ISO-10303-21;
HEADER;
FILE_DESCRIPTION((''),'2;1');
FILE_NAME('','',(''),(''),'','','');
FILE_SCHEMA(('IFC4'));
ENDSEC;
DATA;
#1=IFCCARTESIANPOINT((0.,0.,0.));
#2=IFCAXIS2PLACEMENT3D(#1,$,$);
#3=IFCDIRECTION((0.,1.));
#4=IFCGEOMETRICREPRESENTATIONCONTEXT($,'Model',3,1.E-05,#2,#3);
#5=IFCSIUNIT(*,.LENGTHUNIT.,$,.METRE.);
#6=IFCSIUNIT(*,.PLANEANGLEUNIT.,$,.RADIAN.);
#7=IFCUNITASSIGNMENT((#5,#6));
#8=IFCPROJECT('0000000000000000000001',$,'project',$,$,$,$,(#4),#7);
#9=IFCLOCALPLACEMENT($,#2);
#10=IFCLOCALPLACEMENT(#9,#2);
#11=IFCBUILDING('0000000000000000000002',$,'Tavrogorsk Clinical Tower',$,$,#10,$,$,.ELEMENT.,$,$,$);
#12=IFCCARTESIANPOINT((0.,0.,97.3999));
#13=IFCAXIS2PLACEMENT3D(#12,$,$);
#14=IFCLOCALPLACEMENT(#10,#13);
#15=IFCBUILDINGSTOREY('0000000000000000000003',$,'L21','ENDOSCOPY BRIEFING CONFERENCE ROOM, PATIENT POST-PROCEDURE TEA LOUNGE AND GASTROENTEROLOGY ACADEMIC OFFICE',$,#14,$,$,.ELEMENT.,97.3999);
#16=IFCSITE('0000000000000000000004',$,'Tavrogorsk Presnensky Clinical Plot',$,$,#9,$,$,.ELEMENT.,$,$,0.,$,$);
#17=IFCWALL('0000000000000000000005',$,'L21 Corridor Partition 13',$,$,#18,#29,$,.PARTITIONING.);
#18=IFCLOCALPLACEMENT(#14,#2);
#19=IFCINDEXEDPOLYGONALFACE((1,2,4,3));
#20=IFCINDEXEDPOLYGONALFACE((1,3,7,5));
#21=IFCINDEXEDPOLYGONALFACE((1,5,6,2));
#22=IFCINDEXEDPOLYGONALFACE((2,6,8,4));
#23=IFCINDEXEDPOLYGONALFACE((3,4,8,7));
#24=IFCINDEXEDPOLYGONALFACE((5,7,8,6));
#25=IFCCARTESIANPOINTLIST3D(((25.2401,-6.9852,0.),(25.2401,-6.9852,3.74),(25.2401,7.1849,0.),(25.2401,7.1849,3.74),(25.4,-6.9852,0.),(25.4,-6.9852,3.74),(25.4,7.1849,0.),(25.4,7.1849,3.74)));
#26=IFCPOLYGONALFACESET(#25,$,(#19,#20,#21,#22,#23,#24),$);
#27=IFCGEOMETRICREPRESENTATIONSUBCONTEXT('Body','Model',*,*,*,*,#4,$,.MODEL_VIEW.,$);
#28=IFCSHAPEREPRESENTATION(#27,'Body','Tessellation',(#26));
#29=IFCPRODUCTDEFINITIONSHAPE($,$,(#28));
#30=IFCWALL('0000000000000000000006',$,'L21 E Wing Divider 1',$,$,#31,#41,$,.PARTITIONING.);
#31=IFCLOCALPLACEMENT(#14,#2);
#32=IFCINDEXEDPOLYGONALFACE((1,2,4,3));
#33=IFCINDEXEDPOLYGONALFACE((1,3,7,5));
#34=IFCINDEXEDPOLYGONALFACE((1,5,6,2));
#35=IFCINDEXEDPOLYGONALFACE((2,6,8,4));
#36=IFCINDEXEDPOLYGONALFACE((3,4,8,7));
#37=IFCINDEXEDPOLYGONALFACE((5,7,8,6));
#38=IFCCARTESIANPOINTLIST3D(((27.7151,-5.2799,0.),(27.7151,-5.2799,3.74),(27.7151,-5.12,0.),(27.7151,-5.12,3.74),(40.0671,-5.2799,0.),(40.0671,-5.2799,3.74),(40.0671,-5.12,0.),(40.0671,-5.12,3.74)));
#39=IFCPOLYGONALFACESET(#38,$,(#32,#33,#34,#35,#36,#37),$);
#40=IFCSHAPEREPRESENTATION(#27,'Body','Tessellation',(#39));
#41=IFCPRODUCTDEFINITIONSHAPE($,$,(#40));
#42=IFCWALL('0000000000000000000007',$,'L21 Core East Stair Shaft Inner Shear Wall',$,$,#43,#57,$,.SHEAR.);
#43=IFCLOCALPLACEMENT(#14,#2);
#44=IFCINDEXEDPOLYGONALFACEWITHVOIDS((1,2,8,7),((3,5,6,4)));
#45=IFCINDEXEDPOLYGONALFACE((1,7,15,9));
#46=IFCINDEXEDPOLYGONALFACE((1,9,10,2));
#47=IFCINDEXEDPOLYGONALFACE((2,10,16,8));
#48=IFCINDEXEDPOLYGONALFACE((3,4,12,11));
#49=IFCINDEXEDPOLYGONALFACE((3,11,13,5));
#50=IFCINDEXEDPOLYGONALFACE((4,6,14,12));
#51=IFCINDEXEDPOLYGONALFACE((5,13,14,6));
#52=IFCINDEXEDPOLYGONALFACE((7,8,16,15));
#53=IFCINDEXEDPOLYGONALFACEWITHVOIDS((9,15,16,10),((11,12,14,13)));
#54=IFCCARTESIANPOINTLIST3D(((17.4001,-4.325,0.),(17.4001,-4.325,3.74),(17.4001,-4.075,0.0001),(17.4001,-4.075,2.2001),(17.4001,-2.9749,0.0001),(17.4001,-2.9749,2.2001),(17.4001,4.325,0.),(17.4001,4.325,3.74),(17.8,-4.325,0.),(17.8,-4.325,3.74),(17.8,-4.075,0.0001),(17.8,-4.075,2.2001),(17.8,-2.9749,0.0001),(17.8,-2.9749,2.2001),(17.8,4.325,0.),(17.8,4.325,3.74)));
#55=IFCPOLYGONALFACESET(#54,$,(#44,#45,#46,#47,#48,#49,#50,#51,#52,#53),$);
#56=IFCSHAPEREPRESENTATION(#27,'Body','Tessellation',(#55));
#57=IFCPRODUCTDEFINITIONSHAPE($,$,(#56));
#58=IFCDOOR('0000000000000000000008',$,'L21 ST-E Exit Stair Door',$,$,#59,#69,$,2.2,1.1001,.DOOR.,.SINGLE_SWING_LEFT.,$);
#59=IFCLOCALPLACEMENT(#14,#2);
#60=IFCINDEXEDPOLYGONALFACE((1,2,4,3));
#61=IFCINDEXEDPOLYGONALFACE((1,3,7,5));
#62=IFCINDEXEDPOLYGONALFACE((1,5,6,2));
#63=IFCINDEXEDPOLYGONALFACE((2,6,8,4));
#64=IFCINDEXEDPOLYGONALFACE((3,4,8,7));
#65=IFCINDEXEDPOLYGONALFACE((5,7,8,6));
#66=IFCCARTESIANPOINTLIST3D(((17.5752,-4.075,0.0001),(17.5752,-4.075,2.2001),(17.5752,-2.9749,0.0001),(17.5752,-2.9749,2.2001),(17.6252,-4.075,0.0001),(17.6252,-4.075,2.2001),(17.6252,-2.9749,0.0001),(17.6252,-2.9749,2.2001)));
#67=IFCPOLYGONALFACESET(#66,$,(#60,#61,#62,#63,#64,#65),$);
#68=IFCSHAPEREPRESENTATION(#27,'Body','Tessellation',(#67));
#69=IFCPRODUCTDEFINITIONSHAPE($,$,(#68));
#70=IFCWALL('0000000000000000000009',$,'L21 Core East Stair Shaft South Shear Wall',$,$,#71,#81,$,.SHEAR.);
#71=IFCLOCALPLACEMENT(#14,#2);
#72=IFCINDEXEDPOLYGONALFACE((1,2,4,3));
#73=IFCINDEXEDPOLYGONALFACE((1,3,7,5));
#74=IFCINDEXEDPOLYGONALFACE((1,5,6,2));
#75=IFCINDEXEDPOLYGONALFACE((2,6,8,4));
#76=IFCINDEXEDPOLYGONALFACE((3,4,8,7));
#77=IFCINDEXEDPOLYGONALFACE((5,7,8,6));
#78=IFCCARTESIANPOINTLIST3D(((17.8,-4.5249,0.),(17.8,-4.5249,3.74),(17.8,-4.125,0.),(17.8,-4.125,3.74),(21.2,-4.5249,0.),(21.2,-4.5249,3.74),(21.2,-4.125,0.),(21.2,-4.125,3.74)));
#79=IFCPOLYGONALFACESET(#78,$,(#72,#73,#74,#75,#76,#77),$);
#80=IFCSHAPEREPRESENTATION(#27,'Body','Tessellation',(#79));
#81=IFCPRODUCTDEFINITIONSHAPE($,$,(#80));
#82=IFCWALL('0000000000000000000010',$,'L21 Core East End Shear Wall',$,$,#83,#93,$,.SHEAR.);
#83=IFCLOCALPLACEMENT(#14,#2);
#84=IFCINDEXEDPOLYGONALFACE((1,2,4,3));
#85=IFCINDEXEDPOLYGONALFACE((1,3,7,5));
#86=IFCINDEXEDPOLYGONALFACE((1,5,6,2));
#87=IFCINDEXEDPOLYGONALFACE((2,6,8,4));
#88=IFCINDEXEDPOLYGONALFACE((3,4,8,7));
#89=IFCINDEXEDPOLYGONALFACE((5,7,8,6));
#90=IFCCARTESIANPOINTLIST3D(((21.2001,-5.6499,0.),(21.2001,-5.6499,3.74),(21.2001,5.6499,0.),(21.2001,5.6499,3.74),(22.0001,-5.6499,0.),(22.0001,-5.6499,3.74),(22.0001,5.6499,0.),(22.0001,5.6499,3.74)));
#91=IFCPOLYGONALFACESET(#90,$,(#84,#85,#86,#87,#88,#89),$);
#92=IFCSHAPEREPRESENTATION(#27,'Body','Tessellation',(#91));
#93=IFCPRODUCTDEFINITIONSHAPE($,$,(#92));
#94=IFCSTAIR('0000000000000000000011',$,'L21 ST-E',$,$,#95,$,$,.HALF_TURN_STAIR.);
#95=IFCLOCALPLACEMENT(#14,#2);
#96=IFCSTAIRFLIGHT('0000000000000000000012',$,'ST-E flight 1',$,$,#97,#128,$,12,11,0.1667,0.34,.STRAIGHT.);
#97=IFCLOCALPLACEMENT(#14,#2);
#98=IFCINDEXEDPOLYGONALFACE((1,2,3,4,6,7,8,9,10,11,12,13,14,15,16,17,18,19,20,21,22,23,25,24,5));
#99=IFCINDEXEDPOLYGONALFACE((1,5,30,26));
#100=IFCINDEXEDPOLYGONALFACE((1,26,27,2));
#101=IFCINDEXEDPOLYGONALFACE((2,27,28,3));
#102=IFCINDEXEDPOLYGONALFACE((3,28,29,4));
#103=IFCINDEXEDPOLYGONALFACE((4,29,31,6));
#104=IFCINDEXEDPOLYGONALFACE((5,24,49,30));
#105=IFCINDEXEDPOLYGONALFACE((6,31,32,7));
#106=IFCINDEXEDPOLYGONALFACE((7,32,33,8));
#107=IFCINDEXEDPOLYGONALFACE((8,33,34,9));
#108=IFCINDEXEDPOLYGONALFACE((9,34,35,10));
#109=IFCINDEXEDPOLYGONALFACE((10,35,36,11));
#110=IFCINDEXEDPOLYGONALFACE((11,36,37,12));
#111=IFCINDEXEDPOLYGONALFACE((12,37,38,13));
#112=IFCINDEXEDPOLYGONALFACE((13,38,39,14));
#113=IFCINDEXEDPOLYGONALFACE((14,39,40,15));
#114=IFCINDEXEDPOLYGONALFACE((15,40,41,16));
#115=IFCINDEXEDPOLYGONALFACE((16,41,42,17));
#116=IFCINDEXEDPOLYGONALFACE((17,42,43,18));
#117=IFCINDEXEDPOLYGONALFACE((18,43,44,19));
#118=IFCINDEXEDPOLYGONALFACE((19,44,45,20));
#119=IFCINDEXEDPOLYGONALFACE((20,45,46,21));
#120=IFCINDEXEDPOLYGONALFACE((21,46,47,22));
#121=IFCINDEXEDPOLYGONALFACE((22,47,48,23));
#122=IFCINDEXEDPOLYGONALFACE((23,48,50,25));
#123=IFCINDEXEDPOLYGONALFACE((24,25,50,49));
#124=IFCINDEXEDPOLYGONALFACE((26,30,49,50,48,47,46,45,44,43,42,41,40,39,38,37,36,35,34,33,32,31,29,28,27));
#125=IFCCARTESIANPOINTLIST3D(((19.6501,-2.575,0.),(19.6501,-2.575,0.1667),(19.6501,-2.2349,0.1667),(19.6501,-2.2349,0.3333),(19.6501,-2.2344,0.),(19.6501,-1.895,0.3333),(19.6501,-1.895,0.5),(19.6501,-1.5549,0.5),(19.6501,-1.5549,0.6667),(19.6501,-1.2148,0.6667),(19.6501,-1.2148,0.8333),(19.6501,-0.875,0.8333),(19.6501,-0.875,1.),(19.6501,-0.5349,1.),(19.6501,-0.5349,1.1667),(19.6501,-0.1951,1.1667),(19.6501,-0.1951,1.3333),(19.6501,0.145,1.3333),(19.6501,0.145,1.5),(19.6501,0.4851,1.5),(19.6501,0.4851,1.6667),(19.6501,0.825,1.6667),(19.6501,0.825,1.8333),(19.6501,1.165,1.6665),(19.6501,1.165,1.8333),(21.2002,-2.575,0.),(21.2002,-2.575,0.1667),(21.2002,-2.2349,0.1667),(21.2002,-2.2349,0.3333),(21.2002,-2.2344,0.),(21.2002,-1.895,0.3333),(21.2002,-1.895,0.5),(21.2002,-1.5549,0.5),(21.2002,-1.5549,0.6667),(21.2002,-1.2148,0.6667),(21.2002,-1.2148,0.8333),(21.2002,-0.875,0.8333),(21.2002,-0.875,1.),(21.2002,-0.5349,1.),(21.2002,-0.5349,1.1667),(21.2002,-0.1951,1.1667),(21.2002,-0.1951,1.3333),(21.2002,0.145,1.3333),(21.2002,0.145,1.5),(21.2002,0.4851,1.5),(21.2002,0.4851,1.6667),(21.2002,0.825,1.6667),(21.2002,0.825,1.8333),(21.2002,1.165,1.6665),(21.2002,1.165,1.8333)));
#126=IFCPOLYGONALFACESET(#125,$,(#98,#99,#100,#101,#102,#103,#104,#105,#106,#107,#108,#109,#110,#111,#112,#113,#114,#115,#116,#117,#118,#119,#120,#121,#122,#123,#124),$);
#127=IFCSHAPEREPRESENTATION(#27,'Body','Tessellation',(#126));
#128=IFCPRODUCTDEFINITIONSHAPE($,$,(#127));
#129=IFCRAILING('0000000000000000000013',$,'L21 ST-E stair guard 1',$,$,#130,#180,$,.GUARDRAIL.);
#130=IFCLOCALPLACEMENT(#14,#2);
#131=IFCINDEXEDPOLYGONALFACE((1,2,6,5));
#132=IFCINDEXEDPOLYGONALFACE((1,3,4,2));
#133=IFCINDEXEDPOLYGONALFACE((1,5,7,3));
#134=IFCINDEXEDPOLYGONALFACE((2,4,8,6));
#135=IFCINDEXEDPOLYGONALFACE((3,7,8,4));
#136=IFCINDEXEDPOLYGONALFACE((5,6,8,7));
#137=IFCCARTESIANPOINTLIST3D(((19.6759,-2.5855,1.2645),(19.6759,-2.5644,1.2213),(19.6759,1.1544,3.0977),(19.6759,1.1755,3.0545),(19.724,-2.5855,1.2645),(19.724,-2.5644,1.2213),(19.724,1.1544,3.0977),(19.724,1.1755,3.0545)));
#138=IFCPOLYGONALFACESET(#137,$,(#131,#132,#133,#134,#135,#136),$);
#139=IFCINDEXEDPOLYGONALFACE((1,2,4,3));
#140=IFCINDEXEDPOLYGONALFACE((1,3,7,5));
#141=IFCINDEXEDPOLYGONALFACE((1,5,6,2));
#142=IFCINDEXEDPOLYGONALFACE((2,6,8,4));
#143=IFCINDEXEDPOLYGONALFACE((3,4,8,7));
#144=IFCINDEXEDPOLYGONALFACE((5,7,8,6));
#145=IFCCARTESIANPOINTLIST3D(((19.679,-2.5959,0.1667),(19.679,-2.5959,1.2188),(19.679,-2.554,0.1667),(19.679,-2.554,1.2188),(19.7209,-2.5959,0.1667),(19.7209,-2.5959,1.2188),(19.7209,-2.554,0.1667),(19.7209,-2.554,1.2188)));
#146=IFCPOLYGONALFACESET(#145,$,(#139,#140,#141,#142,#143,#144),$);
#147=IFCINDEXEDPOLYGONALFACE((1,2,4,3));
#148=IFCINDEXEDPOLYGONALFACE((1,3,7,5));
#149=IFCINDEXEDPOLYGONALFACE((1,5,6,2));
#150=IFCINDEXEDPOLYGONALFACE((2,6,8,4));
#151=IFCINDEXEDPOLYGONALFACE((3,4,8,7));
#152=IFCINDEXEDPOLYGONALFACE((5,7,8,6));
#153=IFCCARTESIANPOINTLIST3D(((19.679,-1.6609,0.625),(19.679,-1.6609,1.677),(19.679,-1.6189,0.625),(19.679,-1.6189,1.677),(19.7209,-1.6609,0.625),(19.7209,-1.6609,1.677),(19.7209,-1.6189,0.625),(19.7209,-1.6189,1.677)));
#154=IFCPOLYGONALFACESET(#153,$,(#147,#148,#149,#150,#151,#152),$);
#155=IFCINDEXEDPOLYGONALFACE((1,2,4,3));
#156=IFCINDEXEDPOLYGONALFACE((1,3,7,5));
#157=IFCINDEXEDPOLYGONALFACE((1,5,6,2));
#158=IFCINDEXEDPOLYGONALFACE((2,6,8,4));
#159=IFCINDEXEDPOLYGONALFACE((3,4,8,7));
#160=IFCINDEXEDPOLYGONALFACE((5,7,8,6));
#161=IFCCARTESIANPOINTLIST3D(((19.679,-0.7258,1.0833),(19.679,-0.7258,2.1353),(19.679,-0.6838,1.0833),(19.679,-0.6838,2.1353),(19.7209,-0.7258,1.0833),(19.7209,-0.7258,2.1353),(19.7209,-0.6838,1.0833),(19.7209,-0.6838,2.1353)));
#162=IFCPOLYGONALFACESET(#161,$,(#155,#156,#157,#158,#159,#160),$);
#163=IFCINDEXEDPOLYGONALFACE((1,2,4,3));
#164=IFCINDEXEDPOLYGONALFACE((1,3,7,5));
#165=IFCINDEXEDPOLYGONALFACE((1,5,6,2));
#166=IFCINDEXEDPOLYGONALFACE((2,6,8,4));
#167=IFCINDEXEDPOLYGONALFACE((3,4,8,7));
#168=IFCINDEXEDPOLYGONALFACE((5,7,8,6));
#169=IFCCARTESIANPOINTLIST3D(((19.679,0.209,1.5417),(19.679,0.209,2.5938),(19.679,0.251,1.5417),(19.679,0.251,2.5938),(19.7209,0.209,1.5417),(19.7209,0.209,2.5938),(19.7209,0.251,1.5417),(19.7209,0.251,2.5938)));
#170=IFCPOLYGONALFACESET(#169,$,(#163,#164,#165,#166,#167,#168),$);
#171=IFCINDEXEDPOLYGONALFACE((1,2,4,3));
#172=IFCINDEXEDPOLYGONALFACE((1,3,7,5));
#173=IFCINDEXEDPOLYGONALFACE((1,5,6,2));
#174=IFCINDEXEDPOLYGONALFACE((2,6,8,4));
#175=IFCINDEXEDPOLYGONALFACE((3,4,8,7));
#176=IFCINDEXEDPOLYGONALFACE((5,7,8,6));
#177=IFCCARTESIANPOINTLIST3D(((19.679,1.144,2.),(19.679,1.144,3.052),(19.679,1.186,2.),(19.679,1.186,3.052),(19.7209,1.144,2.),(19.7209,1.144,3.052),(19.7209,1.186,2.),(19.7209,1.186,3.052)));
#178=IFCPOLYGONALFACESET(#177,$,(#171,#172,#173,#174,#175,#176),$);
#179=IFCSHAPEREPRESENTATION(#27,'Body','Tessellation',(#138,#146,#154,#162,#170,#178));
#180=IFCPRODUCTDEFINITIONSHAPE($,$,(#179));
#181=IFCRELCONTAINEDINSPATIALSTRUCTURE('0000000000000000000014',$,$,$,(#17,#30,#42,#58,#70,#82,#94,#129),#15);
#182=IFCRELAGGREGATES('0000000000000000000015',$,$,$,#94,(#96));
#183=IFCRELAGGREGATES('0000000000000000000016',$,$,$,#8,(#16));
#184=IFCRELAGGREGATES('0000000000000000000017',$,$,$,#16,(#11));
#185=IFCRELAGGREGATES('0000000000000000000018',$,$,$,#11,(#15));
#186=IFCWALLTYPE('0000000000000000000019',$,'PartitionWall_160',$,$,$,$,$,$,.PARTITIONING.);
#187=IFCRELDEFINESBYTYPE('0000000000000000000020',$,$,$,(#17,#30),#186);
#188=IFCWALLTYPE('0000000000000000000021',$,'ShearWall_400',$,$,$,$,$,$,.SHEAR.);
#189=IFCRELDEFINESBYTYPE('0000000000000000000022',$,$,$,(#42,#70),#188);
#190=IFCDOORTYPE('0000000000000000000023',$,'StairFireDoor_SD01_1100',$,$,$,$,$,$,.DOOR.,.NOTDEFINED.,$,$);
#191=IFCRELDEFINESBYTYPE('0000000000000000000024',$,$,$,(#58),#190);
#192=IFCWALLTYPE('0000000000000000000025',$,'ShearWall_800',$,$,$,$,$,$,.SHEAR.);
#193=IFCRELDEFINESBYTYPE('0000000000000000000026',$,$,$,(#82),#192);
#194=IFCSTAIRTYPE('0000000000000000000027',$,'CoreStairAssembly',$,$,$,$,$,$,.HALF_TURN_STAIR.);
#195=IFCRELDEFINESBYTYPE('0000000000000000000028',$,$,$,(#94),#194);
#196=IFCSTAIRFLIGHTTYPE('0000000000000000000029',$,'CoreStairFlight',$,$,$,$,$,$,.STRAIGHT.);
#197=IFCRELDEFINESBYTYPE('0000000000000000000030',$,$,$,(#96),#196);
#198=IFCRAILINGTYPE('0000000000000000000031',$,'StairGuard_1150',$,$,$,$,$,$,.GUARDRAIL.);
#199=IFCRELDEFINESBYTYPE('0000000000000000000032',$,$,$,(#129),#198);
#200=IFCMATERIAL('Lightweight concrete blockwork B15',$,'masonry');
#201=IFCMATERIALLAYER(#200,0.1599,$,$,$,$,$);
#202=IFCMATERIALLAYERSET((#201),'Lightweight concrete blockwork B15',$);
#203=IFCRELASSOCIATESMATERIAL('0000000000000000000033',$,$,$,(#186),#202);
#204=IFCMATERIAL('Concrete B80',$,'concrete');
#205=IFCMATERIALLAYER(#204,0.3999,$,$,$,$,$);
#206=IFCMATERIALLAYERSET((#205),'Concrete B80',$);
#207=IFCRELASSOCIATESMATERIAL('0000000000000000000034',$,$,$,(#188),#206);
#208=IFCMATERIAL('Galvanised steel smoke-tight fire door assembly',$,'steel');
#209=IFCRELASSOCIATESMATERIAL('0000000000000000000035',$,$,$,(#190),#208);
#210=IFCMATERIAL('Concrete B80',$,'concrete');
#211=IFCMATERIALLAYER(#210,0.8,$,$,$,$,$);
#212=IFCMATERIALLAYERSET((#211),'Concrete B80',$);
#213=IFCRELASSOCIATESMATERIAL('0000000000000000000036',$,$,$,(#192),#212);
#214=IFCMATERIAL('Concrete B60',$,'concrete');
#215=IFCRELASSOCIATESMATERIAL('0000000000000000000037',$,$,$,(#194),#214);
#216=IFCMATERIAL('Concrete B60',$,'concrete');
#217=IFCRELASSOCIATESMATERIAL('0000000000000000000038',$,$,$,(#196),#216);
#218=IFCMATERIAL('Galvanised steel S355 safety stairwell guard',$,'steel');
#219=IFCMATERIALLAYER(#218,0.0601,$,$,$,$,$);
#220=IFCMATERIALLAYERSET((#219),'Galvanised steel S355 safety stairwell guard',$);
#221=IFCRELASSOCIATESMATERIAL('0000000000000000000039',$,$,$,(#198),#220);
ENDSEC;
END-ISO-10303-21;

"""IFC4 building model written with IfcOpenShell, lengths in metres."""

from ifc_helpers import new_model, si_unit, direction, frame, frame_2d, origin, origin_2d, place, context, subcontext, project, spatial, polyline, rectangle, outline, extrude, material, layer, layer_set, type_object, element, fill, aggregate, save


model = new_model("IFC4")

# Units and contexts
model_context = context("Model", 3, precision=1e-05, world=origin(), true_north=direction((0.0, 1.0)))
body_context = subcontext(model_context, "Body", "Model", "MODEL_VIEW")
ifc_project = project(units=[si_unit("LENGTHUNIT", "METRE"), si_unit("PLANEANGLEUNIT", "RADIAN")], contexts=[model_context])

# Site, building, storey
site_placement = place(None, origin())
site = spatial("IfcSite", under=ifc_project, at=site_placement, Name="Tavrogorsk Presnensky Clinical Plot", CompositionType="ELEMENT", RefElevation=0.0)
building_placement = place(site_placement, origin())
building = spatial("IfcBuilding", under=site, at=building_placement, Name="Tavrogorsk Clinical Tower", CompositionType="ELEMENT")
storey_placement = place(building_placement, frame((0.0, 0.0, 97.3999)))
storey = spatial("IfcBuildingStorey", under=building, at=storey_placement, Name="L21", Description="ENDOSCOPY BRIEFING CONFERENCE ROOM, PATIENT POST-PROCEDURE TEA LOUNGE AND GASTROENTEROLOGY ACADEMIC OFFICE", CompositionType="ELEMENT", Elevation=97.3999)

# Shared definitions
ifc_material_1 = material(Name="Lightweight concrete blockwork B15", Category="masonry")
ifc_layer_1 = layer(ifc_material_1, 0.1599)
ifc_layer_set_1 = layer_set([ifc_layer_1], Name="Lightweight concrete blockwork B15")
wall_type_1 = type_object("IfcWallType", Name="PartitionWall_160", PredefinedType="PARTITIONING", material=ifc_layer_set_1)

# Walls
wall_1_placement = place(storey_placement, frame((25.3201, -6.9851, 0.0), z_axis=(0.0, 0.0, 1.0), x_axis=(0.0, 1.0, 0.0)))
element("IfcWall", 1, at=wall_1_placement, inside=storey, type_object=wall_type_1, Name="L21 Corridor Partition 13", PredefinedType="PARTITIONING", context=body_context, shape_type="SweptSolid", body=[
    extrude(rectangle(XDim=14.1702, YDim=0.1599, at=frame_2d((7.085, 0.0))), origin(), (0.0, 0.0, 1.0), 3.74),
])
wall_2_placement = place(storey_placement, frame((27.7151, -5.2, 0.0), z_axis=(0.0, 0.0, 1.0), x_axis=(1.0, 0.0, 0.0)))
element("IfcWall", 2, at=wall_2_placement, inside=storey, type_object=wall_type_1, Name="L21 E Wing Divider 1", PredefinedType="PARTITIONING", context=body_context, shape_type="SweptSolid", body=[
    extrude(rectangle(XDim=12.3521, YDim=0.1599, at=frame_2d((6.176, 0.0))), origin(), (0.0, 0.0, 1.0), 3.74),
])

# Wall, opening, door
ifc_material_2 = material(Name="Concrete B80", Category="concrete")
ifc_layer_2 = layer(ifc_material_2, 0.3999)
ifc_layer_set_2 = layer_set([ifc_layer_2], Name="Concrete B80")
wall_type_2 = type_object("IfcWallType", Name="ShearWall_400", PredefinedType="SHEAR", material=ifc_layer_set_2)
wall_3_placement = place(storey_placement, frame((17.6001, -4.325, 0.0), z_axis=(0.0, 0.0, 1.0), x_axis=(0.0, 1.0, 0.0)))
wall_3 = element("IfcWall", 3, at=wall_3_placement, inside=storey, type_object=wall_type_2, Name="L21 Core East Stair Shaft Inner Shear Wall", PredefinedType="SHEAR", context=body_context, shape_type="SweptSolid", body=[
    extrude(rectangle(XDim=8.6499, YDim=0.3999, at=frame_2d((4.325, 0.0))), origin(), (0.0, 0.0, 1.0), 3.74),
])
opening_1_placement = place(wall_3_placement, frame((0.25, 0.0, 0.0)))
opening_1 = element("IfcOpeningElement", 4, at=opening_1_placement, cuts=wall_3, PredefinedType="OPENING", context=body_context, shape_type="SweptSolid", body=[
    extrude(rectangle(XDim=1.1001, YDim=2.2, at=frame_2d((0.55, 1.1001))), frame((0.0, 0.21, 0.0), z_axis=(0.0, -1.0, 0.0), x_axis=(1.0, 0.0, 0.0)), (0.0, 0.0, 1.0), 0.4199),
])
ifc_material_3 = material(Name="Galvanised steel smoke-tight fire door assembly", Category="steel")
door_type_1 = type_object("IfcDoorType", Name="StairFireDoor_SD01_1100", OperationType="NOTDEFINED", PredefinedType="DOOR", material=ifc_material_3)
door_1_placement = place(opening_1_placement, origin())
door_1 = element("IfcDoor", 5, at=door_1_placement, inside=storey, type_object=door_type_1, Name="L21 ST-E Exit Stair Door", OperationType="SINGLE_SWING_LEFT", OverallHeight=2.2, OverallWidth=1.1001, PredefinedType="DOOR", context=body_context, shape_type="SweptSolid", body=[
    extrude(rectangle(XDim=1.1001, YDim=2.2, at=frame_2d((0.55, 1.1001))), frame((0.0, 0.0249, 0.0), z_axis=(0.0, -1.0, 0.0), x_axis=(1.0, 0.0, 0.0)), (0.0, 0.0, 1.0), 0.05),
])
fill(opening_1, door_1)

# Walls
wall_4_placement = place(storey_placement, frame((17.8, -4.325, 0.0), z_axis=(0.0, 0.0, 1.0), x_axis=(1.0, 0.0, 0.0)))
element("IfcWall", 6, at=wall_4_placement, inside=storey, type_object=wall_type_2, Name="L21 Core East Stair Shaft South Shear Wall", PredefinedType="SHEAR", context=body_context, shape_type="SweptSolid", body=[
    extrude(rectangle(XDim=3.3999, YDim=0.3999, at=frame_2d((1.7, 0.0))), origin(), (0.0, 0.0, 1.0), 3.74),
])
ifc_material_4 = material(Name="Concrete B80", Category="concrete")
ifc_layer_3 = layer(ifc_material_4, 0.8)
ifc_layer_set_3 = layer_set([ifc_layer_3], Name="Concrete B80")
wall_type_3 = type_object("IfcWallType", Name="ShearWall_800", PredefinedType="SHEAR", material=ifc_layer_set_3)
wall_5_placement = place(storey_placement, frame((21.6001, -5.6499, 0.0), z_axis=(0.0, 0.0, 1.0), x_axis=(0.0, 1.0, 0.0)))
element("IfcWall", 7, at=wall_5_placement, inside=storey, type_object=wall_type_3, Name="L21 Core East End Shear Wall", PredefinedType="SHEAR", context=body_context, shape_type="SweptSolid", body=[
    extrude(rectangle(XDim=11.2998, YDim=0.8, at=frame_2d((5.6499, 0.0))), origin(), (0.0, 0.0, 1.0), 3.74),
])

# Stair, stair flight
ifc_material_5 = material(Name="Concrete B60", Category="concrete")
stair_type = type_object("IfcStairType", Name="CoreStairAssembly", PredefinedType="HALF_TURN_STAIR", material=ifc_material_5)
stair_placement = place(storey_placement, origin())
stair = element("IfcStair", 8, at=stair_placement, inside=storey, type_object=stair_type, Name="L21 ST-E", PredefinedType="HALF_TURN_STAIR")
ifc_material_6 = material(Name="Concrete B60", Category="concrete")
stair_flight_type = type_object("IfcStairFlightType", Name="CoreStairFlight", PredefinedType="STRAIGHT", material=ifc_material_6)
stair_flight_placement = place(storey_placement, frame((20.425, -2.575, 0.0), z_axis=(0.0, 0.0, 1.0), x_axis=(0.0, 1.0, 0.0)))
stair_flight = element("IfcStairFlight", 9, at=stair_flight_placement, type_object=stair_flight_type, Name="ST-E flight 1", NumberOfRisers=12, NumberOfTreads=11, PredefinedType="STRAIGHT", RiserHeight=0.1667, TreadLength=0.34, context=body_context, shape_type="SweptSolid", body=[
    extrude(outline(polyline([(0.0, 0.0), (0.0, 0.1667), (0.3401, 0.1667), (0.3401, 0.3333), (0.6799, 0.3333), (0.6799, 0.5), (1.02, 0.5), (1.02, 0.6667), (1.3601, 0.6667), (1.3601, 0.8333), (1.7, 0.8333), (1.7, 1.0), (2.04, 1.0), (2.04, 1.1667), (2.3799, 1.1667), (2.3799, 1.3333), (2.72, 1.3333), (2.72, 1.5), (3.0601, 1.5), (3.0601, 1.6667), (3.3999, 1.6667), (3.3999, 1.8333), (3.74, 1.8333), (3.74, 2.0), (3.74, 1.6665), (0.3406, 0.0), (0.0, 0.0)])), frame((0.0, 0.7749, 0.0), z_axis=(0.0, -1.0, 0.0), x_axis=(1.0, 0.0, 0.0)), (0.0, 0.0, 1.0), 1.55),
])
aggregate(stair, [stair_flight])

# Railing
ifc_material_7 = material(Name="Galvanised steel S355 safety stairwell guard", Category="steel")
ifc_layer_4 = layer(ifc_material_7, 0.0601)
ifc_layer_set_4 = layer_set([ifc_layer_4], Name="Galvanised steel S355 safety stairwell guard")
railing_type_1 = type_object("IfcRailingType", Name="StairGuard_1150", PredefinedType="GUARDRAIL", material=ifc_layer_set_4)
railing_1_placement = place(storey_placement, frame((19.7, -2.575, 0.1667)))
element("IfcRailing", 10, at=railing_1_placement, inside=storey, type_object=railing_type_1, Name="L21 ST-E stair guard 1", PredefinedType="GUARDRAIL", context=body_context, shape_type="SweptSolid", body=[
    extrude(rectangle(XDim=0.0481, YDim=0.0481, at=origin_2d()), frame((0.0, 0.0, 1.0762), z_axis=(0.0, 0.897928, 0.440142), x_axis=(-1.0, 0.0, 0.0)), (0.0, 0.0, 1.0), 4.165),
    extrude(rectangle(XDim=0.042, YDim=0.042, at=origin_2d()), origin(), (0.0, 0.0, 1.0), 1.052),
    extrude(rectangle(XDim=0.042, YDim=0.042, at=origin_2d()), frame((0.0, 0.9351, 0.4583)), (0.0, 0.0, 1.0), 1.052),
    extrude(rectangle(XDim=0.042, YDim=0.042, at=origin_2d()), frame((0.0, 1.8701, 0.9165)), (0.0, 0.0, 1.0), 1.052),
    extrude(rectangle(XDim=0.042, YDim=0.042, at=origin_2d()), frame((0.0, 2.8049, 1.375)), (0.0, 0.0, 1.0), 1.052),
    extrude(rectangle(XDim=0.042, YDim=0.042, at=origin_2d()), frame((0.0, 3.74, 1.8333)), (0.0, 0.0, 1.0), 1.052),
])

save(model, "model.ifc")
